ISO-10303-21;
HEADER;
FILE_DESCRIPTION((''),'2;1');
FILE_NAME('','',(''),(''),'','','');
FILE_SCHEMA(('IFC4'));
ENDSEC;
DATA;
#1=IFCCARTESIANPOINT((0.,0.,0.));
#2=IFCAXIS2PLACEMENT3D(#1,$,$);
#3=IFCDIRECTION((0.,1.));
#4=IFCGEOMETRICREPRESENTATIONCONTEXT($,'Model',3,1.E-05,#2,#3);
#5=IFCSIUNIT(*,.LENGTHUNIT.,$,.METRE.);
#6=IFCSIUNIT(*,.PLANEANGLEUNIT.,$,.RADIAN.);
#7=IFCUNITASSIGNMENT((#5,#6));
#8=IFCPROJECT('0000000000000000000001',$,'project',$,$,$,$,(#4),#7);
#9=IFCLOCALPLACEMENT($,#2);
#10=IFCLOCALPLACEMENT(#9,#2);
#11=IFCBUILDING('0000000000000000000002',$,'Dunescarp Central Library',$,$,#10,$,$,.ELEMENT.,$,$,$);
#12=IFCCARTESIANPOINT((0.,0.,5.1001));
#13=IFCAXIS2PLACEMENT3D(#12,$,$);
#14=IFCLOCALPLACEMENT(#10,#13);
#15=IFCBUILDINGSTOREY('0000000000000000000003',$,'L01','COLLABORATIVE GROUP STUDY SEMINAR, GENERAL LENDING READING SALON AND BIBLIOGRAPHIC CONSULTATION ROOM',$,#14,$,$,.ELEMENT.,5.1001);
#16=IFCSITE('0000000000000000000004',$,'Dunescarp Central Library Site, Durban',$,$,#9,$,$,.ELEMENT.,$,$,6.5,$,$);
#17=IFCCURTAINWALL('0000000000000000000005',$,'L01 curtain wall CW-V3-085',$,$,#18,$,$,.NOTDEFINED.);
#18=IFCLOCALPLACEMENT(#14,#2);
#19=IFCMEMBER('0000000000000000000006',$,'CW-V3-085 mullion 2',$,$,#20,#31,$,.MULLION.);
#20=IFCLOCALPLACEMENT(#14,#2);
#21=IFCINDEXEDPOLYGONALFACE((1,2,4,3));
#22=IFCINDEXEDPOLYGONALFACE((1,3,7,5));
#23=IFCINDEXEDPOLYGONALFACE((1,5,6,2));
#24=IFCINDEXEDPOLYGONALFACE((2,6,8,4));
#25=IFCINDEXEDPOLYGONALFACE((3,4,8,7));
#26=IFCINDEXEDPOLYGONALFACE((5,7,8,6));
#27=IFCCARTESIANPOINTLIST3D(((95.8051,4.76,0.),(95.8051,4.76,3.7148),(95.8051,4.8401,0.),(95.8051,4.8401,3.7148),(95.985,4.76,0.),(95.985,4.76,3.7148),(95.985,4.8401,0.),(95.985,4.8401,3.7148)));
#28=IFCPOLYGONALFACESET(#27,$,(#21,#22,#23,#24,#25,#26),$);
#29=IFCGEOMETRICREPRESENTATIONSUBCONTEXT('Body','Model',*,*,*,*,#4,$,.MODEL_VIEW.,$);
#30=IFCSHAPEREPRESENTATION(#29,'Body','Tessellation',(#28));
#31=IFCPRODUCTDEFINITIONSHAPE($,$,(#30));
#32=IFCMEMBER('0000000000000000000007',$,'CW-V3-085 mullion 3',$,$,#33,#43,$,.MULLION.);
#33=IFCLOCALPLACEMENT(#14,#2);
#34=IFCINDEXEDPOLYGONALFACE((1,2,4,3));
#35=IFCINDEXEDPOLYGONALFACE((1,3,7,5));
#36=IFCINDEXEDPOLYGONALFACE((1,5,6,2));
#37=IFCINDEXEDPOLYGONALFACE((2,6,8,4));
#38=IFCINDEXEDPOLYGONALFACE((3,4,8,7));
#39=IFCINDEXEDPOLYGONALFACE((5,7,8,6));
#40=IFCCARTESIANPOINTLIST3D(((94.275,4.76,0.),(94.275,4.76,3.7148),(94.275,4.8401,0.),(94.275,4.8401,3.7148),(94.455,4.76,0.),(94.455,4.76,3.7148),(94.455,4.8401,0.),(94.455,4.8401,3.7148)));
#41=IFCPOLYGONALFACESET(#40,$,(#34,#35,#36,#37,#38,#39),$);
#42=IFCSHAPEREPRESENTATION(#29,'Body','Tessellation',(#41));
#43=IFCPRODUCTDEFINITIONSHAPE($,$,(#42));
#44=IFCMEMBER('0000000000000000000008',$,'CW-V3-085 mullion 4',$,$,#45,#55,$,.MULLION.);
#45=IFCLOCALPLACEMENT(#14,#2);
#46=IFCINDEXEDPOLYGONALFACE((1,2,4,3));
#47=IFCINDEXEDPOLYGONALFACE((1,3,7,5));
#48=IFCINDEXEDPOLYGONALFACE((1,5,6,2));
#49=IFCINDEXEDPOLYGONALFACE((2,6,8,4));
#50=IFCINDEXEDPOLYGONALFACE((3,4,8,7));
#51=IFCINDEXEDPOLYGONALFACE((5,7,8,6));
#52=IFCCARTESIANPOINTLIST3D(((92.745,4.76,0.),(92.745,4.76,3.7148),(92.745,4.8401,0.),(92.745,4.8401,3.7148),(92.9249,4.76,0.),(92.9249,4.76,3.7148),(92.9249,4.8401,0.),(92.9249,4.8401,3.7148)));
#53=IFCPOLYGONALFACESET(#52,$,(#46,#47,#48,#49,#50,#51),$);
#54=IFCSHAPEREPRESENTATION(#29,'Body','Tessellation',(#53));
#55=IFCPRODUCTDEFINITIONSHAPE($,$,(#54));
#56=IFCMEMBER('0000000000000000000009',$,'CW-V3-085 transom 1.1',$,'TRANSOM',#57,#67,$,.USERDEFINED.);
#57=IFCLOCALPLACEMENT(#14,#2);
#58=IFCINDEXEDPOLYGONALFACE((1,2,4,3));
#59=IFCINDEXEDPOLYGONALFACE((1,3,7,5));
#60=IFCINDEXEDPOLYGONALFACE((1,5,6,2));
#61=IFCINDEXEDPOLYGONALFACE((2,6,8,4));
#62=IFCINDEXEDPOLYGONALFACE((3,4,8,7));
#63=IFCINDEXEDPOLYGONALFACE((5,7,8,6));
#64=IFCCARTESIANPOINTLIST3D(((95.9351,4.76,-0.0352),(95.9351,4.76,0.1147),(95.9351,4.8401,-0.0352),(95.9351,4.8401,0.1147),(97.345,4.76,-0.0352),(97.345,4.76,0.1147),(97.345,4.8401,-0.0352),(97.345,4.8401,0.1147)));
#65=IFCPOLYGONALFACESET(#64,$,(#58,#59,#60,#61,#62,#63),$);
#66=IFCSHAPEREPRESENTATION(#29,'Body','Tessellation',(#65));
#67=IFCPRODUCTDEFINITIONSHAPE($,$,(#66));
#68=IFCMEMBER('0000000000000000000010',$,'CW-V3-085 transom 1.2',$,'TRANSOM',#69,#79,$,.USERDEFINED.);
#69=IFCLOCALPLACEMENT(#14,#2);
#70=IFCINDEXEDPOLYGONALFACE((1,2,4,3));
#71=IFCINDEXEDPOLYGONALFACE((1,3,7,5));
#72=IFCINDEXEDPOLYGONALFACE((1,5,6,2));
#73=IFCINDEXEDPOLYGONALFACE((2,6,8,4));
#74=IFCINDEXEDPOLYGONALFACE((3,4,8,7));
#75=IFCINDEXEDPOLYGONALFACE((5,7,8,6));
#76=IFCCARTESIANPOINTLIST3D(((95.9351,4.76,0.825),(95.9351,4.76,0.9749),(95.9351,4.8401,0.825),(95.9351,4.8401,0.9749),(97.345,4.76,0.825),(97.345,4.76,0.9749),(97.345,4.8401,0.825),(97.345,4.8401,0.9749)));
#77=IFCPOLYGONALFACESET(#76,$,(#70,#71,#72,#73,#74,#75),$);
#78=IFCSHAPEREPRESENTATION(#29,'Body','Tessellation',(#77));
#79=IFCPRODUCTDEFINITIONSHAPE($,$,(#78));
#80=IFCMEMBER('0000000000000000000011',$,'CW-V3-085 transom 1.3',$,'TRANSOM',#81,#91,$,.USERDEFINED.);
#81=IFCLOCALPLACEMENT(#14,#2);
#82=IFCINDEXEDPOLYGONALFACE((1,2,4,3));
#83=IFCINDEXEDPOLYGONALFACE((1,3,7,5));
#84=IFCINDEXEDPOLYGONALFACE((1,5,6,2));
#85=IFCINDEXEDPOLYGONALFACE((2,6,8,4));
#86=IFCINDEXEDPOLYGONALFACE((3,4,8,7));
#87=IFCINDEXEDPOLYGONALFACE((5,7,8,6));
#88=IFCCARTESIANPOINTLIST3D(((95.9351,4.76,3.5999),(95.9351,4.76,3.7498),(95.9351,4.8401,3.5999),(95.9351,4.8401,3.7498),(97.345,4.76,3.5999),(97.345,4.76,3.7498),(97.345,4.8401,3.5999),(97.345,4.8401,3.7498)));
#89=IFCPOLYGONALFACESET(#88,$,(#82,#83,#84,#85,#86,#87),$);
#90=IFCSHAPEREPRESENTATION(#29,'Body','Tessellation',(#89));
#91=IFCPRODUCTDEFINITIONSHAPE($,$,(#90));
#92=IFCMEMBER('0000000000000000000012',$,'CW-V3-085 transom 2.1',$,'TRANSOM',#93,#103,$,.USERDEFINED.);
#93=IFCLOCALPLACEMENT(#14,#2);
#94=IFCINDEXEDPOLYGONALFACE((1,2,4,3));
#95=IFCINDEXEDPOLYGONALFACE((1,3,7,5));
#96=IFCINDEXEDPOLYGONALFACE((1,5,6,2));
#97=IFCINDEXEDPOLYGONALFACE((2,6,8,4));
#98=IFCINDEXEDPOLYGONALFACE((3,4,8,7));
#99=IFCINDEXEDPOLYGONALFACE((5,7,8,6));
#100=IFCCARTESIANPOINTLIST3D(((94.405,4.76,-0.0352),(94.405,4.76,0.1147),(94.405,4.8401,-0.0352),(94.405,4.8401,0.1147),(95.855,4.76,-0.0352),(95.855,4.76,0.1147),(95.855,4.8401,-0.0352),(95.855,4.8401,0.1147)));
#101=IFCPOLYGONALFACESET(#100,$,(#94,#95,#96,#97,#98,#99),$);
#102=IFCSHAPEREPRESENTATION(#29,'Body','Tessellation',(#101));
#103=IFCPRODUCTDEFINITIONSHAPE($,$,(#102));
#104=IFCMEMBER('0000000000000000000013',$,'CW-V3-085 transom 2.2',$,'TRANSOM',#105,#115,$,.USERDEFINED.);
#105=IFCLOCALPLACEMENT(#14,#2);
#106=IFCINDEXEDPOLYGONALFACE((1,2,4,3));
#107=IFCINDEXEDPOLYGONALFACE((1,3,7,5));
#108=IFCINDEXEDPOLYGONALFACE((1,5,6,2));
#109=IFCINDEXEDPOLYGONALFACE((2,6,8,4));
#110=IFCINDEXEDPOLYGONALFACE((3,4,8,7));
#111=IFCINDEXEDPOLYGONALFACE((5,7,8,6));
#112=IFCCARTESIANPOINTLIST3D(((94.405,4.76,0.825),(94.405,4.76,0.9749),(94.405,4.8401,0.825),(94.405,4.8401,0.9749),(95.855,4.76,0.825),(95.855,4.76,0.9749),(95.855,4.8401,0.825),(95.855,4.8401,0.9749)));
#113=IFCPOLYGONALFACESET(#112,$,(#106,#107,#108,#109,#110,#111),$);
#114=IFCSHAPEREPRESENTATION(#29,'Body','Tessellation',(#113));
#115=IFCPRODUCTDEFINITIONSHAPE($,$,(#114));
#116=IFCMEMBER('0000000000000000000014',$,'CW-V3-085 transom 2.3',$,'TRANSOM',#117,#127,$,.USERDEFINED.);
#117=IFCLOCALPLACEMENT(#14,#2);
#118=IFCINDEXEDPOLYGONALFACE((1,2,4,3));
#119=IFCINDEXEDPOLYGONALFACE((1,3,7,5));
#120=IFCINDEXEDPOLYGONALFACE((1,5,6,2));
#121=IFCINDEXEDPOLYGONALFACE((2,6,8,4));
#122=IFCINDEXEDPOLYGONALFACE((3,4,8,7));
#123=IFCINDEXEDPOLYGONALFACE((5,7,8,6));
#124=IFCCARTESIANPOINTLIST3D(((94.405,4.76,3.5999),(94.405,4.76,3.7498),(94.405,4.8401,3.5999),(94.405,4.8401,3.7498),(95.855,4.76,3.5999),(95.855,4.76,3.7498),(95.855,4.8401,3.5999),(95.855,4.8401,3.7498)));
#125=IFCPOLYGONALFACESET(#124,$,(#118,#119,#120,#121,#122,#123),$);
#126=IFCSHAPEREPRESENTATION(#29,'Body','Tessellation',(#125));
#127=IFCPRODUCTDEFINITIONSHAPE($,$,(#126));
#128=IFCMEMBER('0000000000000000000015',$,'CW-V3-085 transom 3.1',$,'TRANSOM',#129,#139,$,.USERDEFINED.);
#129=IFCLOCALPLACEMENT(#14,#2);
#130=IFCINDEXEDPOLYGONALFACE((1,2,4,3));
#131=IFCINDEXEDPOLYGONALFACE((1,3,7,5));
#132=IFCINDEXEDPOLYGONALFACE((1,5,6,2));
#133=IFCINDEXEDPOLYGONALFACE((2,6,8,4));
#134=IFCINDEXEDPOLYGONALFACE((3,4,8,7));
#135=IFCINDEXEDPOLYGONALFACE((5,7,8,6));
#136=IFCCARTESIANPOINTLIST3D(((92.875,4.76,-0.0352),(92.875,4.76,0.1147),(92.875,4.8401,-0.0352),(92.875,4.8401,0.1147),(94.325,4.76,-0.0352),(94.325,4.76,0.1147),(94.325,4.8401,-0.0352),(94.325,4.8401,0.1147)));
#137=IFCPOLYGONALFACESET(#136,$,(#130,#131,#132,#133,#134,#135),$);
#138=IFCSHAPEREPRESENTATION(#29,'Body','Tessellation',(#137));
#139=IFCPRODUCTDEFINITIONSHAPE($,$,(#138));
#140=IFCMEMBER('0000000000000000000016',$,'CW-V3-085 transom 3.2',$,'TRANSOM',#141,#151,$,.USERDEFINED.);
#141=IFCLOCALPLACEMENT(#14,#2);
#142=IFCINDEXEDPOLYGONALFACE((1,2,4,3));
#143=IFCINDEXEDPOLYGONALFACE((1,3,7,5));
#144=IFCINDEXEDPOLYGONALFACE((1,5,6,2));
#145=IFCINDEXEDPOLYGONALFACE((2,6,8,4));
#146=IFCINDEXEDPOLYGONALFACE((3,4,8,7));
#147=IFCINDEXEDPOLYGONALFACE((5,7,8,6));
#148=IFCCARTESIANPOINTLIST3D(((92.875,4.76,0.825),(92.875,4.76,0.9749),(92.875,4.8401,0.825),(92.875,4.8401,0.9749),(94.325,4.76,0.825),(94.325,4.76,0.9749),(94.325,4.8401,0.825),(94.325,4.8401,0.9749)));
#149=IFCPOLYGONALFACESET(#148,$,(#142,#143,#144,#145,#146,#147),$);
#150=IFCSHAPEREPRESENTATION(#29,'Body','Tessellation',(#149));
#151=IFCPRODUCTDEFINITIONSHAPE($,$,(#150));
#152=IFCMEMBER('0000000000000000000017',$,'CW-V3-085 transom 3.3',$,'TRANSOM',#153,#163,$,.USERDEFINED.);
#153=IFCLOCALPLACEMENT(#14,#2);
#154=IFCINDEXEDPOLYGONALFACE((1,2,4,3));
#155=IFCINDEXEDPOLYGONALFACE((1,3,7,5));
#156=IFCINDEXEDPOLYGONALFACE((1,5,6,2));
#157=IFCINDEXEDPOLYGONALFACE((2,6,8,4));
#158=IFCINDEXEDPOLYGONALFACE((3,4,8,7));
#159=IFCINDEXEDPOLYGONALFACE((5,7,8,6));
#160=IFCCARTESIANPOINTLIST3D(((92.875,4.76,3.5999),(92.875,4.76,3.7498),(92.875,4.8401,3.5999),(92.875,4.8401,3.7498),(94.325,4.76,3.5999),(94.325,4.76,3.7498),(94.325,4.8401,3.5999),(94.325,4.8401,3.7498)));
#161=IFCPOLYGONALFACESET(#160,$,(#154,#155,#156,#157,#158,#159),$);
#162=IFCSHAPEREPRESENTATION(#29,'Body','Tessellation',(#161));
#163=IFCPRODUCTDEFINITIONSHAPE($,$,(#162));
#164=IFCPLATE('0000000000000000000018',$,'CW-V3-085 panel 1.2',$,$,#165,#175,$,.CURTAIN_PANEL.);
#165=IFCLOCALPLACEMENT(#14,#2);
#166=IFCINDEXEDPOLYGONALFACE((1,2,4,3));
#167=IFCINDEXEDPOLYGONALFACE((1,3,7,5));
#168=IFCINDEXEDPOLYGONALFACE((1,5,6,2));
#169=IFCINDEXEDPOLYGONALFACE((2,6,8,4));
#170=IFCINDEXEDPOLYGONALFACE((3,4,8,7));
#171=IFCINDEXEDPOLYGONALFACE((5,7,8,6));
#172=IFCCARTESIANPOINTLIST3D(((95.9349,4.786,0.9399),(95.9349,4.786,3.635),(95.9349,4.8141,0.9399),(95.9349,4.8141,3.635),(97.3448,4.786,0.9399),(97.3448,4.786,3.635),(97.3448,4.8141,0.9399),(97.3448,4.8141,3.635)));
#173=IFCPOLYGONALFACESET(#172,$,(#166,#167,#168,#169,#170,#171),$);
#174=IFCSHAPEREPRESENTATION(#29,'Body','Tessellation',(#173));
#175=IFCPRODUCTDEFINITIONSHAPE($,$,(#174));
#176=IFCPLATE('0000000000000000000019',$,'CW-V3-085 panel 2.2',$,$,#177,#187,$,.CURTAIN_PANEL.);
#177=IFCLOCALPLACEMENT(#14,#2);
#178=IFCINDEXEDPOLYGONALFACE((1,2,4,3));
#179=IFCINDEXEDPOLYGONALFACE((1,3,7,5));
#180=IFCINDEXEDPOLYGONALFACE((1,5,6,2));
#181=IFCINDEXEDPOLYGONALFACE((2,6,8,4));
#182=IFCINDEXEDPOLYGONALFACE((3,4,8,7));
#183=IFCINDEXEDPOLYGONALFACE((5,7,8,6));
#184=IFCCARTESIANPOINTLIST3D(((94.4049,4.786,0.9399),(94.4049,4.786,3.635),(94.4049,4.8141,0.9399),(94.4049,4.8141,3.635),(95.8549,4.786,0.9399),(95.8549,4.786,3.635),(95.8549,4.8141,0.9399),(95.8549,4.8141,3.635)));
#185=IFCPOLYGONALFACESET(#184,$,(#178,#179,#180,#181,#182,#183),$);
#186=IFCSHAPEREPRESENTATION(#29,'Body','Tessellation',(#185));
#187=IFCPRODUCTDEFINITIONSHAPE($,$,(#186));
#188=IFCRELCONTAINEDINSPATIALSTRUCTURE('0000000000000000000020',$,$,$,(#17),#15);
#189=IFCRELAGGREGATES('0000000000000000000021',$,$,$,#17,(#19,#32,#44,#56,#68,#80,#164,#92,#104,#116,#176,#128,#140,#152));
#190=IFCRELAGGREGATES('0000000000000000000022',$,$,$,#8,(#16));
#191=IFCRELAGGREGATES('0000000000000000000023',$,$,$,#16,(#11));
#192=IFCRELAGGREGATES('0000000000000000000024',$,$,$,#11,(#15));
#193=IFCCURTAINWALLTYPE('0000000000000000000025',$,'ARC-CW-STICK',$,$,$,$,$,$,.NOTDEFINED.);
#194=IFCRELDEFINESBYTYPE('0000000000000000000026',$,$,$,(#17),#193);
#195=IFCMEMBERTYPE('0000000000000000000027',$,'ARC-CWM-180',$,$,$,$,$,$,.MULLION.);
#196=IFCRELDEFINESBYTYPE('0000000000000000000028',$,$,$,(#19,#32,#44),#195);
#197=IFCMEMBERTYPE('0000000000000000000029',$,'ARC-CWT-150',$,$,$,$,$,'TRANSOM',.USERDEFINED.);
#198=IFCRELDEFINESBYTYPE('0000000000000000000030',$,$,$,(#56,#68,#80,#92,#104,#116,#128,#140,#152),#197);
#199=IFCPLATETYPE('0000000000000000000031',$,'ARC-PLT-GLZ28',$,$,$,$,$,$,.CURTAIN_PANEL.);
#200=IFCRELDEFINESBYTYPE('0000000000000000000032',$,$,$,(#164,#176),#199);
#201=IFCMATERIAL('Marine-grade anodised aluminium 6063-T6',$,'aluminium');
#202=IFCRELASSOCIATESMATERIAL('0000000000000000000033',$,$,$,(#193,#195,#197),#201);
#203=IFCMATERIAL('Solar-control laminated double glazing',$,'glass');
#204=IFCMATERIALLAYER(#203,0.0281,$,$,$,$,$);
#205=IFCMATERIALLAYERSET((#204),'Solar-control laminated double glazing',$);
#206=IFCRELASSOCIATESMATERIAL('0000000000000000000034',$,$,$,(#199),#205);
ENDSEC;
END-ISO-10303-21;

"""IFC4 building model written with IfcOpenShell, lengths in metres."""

from ifc_helpers import new_model, si_unit, direction, frame, origin, origin_2d, place, context, subcontext, project, spatial, rectangle, extrude, material, layer, layer_set, material_profile, profile_set, type_object, element, aggregate, save


model = new_model("IFC4")

# Units and contexts
model_context = context("Model", 3, precision=1e-05, world=origin(), true_north=direction((0.0, 1.0)))
body_context = subcontext(model_context, "Body", "Model", "MODEL_VIEW")
ifc_project = project(units=[si_unit("LENGTHUNIT", "METRE"), si_unit("PLANEANGLEUNIT", "RADIAN")], contexts=[model_context])

# Site, building, storey
site_placement = place(None, origin())
site = spatial("IfcSite", under=ifc_project, at=site_placement, Name="Dunescarp Central Library Site, Durban", CompositionType="ELEMENT", RefElevation=6.5)
building_placement = place(site_placement, origin())
building = spatial("IfcBuilding", under=site, at=building_placement, Name="Dunescarp Central Library", CompositionType="ELEMENT")
storey_placement = place(building_placement, frame((0.0, 0.0, 5.1001)))
storey = spatial("IfcBuildingStorey", under=building, at=storey_placement, Name="L01", Description="COLLABORATIVE GROUP STUDY SEMINAR, GENERAL LENDING READING SALON AND BIBLIOGRAPHIC CONSULTATION ROOM", CompositionType="ELEMENT", Elevation=5.1001)

# Curtain wall, members, plates
ifc_material_1 = material(Name="Marine-grade anodised aluminium 6063-T6", Category="aluminium")
curtain_wall_type = type_object("IfcCurtainWallType", Name="ARC-CW-STICK", PredefinedType="NOTDEFINED", material=ifc_material_1)
curtain_wall_placement = place(storey_placement, origin())
curtain_wall = element("IfcCurtainWall", 1, at=curtain_wall_placement, inside=storey, type_object=curtain_wall_type, Name="L01 curtain wall CW-V3-085", PredefinedType="NOTDEFINED")
ifc_material_profile_1 = material_profile(ifc_material_1, rectangle(XDim=0.0801, YDim=0.1799, at=origin_2d()), Name="AL 80x180")
ifc_profile_set_1 = profile_set([ifc_material_profile_1], Name="Marine-grade anodised aluminium 6063-T6")
member_type_1 = type_object("IfcMemberType", Name="ARC-CWM-180", PredefinedType="MULLION", material=ifc_profile_set_1)
member_1_placement = place(storey_placement, frame((95.895, 4.8, 0.0), z_axis=(0.0, 0.0, 1.0), x_axis=(0.0, -1.0, 0.0)))
member_1 = element("IfcMember", 2, at=member_1_placement, type_object=member_type_1, Name="CW-V3-085 mullion 2", PredefinedType="MULLION", context=body_context, shape_type="SweptSolid", body=[
    extrude(rectangle(XDim=0.0801, YDim=0.1799, at=origin_2d()), origin(), (0.0, 0.0, 1.0), 3.7148),
])
member_2_placement = place(storey_placement, frame((94.365, 4.8, 0.0), z_axis=(0.0, 0.0, 1.0), x_axis=(0.0, -1.0, 0.0)))
member_2 = element("IfcMember", 3, at=member_2_placement, type_object=member_type_1, Name="CW-V3-085 mullion 3", PredefinedType="MULLION", context=body_context, shape_type="SweptSolid", body=[
    extrude(rectangle(XDim=0.0801, YDim=0.1799, at=origin_2d()), origin(), (0.0, 0.0, 1.0), 3.7148),
])
member_3_placement = place(storey_placement, frame((92.835, 4.8, 0.0), z_axis=(0.0, 0.0, 1.0), x_axis=(0.0, -1.0, 0.0)))
member_3 = element("IfcMember", 4, at=member_3_placement, type_object=member_type_1, Name="CW-V3-085 mullion 4", PredefinedType="MULLION", context=body_context, shape_type="SweptSolid", body=[
    extrude(rectangle(XDim=0.0801, YDim=0.1799, at=origin_2d()), origin(), (0.0, 0.0, 1.0), 3.7148),
])
ifc_material_profile_2 = material_profile(ifc_material_1, rectangle(XDim=0.0801, YDim=0.1499, at=origin_2d()), Name="AL 80x150")
ifc_profile_set_2 = profile_set([ifc_material_profile_2], Name="Marine-grade anodised aluminium 6063-T6")
member_type_2 = type_object("IfcMemberType", Name="ARC-CWT-150", ElementType="TRANSOM", PredefinedType="USERDEFINED", material=ifc_profile_set_2)
member_4_placement = place(storey_placement, frame((97.345, 4.8, 0.0398), z_axis=(-1.0, 0.0, 0.0), x_axis=(0.0, -1.0, 0.0)))
member_4 = element("IfcMember", 5, at=member_4_placement, type_object=member_type_2, Name="CW-V3-085 transom 1.1", ObjectType="TRANSOM", PredefinedType="USERDEFINED", context=body_context, shape_type="SweptSolid", body=[
    extrude(rectangle(XDim=0.0801, YDim=0.1499, at=origin_2d()), origin(), (0.0, 0.0, 1.0), 1.4099),
])
member_5_placement = place(storey_placement, frame((97.345, 4.8, 0.8999), z_axis=(-1.0, 0.0, 0.0), x_axis=(0.0, -1.0, 0.0)))
member_5 = element("IfcMember", 6, at=member_5_placement, type_object=member_type_2, Name="CW-V3-085 transom 1.2", ObjectType="TRANSOM", PredefinedType="USERDEFINED", context=body_context, shape_type="SweptSolid", body=[
    extrude(rectangle(XDim=0.0801, YDim=0.1499, at=origin_2d()), origin(), (0.0, 0.0, 1.0), 1.4099),
])
member_6_placement = place(storey_placement, frame((97.345, 4.8, 3.6748), z_axis=(-1.0, 0.0, 0.0), x_axis=(0.0, -1.0, 0.0)))
member_6 = element("IfcMember", 7, at=member_6_placement, type_object=member_type_2, Name="CW-V3-085 transom 1.3", ObjectType="TRANSOM", PredefinedType="USERDEFINED", context=body_context, shape_type="SweptSolid", body=[
    extrude(rectangle(XDim=0.0801, YDim=0.1499, at=origin_2d()), origin(), (0.0, 0.0, 1.0), 1.4099),
])
member_7_placement = place(storey_placement, frame((95.855, 4.8, 0.0398), z_axis=(-1.0, 0.0, 0.0), x_axis=(0.0, -1.0, 0.0)))
member_7 = element("IfcMember", 8, at=member_7_placement, type_object=member_type_2, Name="CW-V3-085 transom 2.1", ObjectType="TRANSOM", PredefinedType="USERDEFINED", context=body_context, shape_type="SweptSolid", body=[
    extrude(rectangle(XDim=0.0801, YDim=0.1499, at=origin_2d()), origin(), (0.0, 0.0, 1.0), 1.45),
])
member_8_placement = place(storey_placement, frame((95.855, 4.8, 0.8999), z_axis=(-1.0, 0.0, 0.0), x_axis=(0.0, -1.0, 0.0)))
member_8 = element("IfcMember", 9, at=member_8_placement, type_object=member_type_2, Name="CW-V3-085 transom 2.2", ObjectType="TRANSOM", PredefinedType="USERDEFINED", context=body_context, shape_type="SweptSolid", body=[
    extrude(rectangle(XDim=0.0801, YDim=0.1499, at=origin_2d()), origin(), (0.0, 0.0, 1.0), 1.45),
])
member_9_placement = place(storey_placement, frame((95.855, 4.8, 3.6748), z_axis=(-1.0, 0.0, 0.0), x_axis=(0.0, -1.0, 0.0)))
member_9 = element("IfcMember", 10, at=member_9_placement, type_object=member_type_2, Name="CW-V3-085 transom 2.3", ObjectType="TRANSOM", PredefinedType="USERDEFINED", context=body_context, shape_type="SweptSolid", body=[
    extrude(rectangle(XDim=0.0801, YDim=0.1499, at=origin_2d()), origin(), (0.0, 0.0, 1.0), 1.45),
])
member_10_placement = place(storey_placement, frame((94.325, 4.8, 0.0398), z_axis=(-1.0, 0.0, 0.0), x_axis=(0.0, -1.0, 0.0)))
member_10 = element("IfcMember", 11, at=member_10_placement, type_object=member_type_2, Name="CW-V3-085 transom 3.1", ObjectType="TRANSOM", PredefinedType="USERDEFINED", context=body_context, shape_type="SweptSolid", body=[
    extrude(rectangle(XDim=0.0801, YDim=0.1499, at=origin_2d()), origin(), (0.0, 0.0, 1.0), 1.45),
])
member_11_placement = place(storey_placement, frame((94.325, 4.8, 0.8999), z_axis=(-1.0, 0.0, 0.0), x_axis=(0.0, -1.0, 0.0)))
member_11 = element("IfcMember", 12, at=member_11_placement, type_object=member_type_2, Name="CW-V3-085 transom 3.2", ObjectType="TRANSOM", PredefinedType="USERDEFINED", context=body_context, shape_type="SweptSolid", body=[
    extrude(rectangle(XDim=0.0801, YDim=0.1499, at=origin_2d()), origin(), (0.0, 0.0, 1.0), 1.45),
])
member_12_placement = place(storey_placement, frame((94.325, 4.8, 3.6748), z_axis=(-1.0, 0.0, 0.0), x_axis=(0.0, -1.0, 0.0)))
member_12 = element("IfcMember", 13, at=member_12_placement, type_object=member_type_2, Name="CW-V3-085 transom 3.3", ObjectType="TRANSOM", PredefinedType="USERDEFINED", context=body_context, shape_type="SweptSolid", body=[
    extrude(rectangle(XDim=0.0801, YDim=0.1499, at=origin_2d()), origin(), (0.0, 0.0, 1.0), 1.45),
])
ifc_material_2 = material(Name="Solar-control laminated double glazing", Category="glass")
ifc_layer_1 = layer(ifc_material_2, 0.0281)
ifc_layer_set_1 = layer_set([ifc_layer_1], Name="Solar-control laminated double glazing")
plate_type_1 = type_object("IfcPlateType", Name="ARC-PLT-GLZ28", PredefinedType="CURTAIN_PANEL", material=ifc_layer_set_1)
plate_1_placement = place(storey_placement, frame((96.6399, 4.8, 0.9399), z_axis=(0.0, 0.0, 1.0), x_axis=(-1.0, 0.0, 0.0)))
plate_1 = element("IfcPlate", 14, at=plate_1_placement, type_object=plate_type_1, Name="CW-V3-085 panel 1.2", PredefinedType="CURTAIN_PANEL", context=body_context, shape_type="SweptSolid", body=[
    extrude(rectangle(XDim=1.4099, YDim=0.0281, at=origin_2d()), origin(), (0.0, 0.0, 1.0), 2.6951),
])
plate_2_placement = place(storey_placement, frame((95.1299, 4.8, 0.9399), z_axis=(0.0, 0.0, 1.0), x_axis=(-1.0, 0.0, 0.0)))
plate_2 = element("IfcPlate", 15, at=plate_2_placement, type_object=plate_type_1, Name="CW-V3-085 panel 2.2", PredefinedType="CURTAIN_PANEL", context=body_context, shape_type="SweptSolid", body=[
    extrude(rectangle(XDim=1.45, YDim=0.0281, at=origin_2d()), origin(), (0.0, 0.0, 1.0), 2.6951),
])
aggregate(curtain_wall, [member_1, member_2, member_3, member_4, member_5, member_6, plate_1, member_7, member_8, member_9, plate_2, member_10, member_11, member_12])

save(model, "model.ifc")
